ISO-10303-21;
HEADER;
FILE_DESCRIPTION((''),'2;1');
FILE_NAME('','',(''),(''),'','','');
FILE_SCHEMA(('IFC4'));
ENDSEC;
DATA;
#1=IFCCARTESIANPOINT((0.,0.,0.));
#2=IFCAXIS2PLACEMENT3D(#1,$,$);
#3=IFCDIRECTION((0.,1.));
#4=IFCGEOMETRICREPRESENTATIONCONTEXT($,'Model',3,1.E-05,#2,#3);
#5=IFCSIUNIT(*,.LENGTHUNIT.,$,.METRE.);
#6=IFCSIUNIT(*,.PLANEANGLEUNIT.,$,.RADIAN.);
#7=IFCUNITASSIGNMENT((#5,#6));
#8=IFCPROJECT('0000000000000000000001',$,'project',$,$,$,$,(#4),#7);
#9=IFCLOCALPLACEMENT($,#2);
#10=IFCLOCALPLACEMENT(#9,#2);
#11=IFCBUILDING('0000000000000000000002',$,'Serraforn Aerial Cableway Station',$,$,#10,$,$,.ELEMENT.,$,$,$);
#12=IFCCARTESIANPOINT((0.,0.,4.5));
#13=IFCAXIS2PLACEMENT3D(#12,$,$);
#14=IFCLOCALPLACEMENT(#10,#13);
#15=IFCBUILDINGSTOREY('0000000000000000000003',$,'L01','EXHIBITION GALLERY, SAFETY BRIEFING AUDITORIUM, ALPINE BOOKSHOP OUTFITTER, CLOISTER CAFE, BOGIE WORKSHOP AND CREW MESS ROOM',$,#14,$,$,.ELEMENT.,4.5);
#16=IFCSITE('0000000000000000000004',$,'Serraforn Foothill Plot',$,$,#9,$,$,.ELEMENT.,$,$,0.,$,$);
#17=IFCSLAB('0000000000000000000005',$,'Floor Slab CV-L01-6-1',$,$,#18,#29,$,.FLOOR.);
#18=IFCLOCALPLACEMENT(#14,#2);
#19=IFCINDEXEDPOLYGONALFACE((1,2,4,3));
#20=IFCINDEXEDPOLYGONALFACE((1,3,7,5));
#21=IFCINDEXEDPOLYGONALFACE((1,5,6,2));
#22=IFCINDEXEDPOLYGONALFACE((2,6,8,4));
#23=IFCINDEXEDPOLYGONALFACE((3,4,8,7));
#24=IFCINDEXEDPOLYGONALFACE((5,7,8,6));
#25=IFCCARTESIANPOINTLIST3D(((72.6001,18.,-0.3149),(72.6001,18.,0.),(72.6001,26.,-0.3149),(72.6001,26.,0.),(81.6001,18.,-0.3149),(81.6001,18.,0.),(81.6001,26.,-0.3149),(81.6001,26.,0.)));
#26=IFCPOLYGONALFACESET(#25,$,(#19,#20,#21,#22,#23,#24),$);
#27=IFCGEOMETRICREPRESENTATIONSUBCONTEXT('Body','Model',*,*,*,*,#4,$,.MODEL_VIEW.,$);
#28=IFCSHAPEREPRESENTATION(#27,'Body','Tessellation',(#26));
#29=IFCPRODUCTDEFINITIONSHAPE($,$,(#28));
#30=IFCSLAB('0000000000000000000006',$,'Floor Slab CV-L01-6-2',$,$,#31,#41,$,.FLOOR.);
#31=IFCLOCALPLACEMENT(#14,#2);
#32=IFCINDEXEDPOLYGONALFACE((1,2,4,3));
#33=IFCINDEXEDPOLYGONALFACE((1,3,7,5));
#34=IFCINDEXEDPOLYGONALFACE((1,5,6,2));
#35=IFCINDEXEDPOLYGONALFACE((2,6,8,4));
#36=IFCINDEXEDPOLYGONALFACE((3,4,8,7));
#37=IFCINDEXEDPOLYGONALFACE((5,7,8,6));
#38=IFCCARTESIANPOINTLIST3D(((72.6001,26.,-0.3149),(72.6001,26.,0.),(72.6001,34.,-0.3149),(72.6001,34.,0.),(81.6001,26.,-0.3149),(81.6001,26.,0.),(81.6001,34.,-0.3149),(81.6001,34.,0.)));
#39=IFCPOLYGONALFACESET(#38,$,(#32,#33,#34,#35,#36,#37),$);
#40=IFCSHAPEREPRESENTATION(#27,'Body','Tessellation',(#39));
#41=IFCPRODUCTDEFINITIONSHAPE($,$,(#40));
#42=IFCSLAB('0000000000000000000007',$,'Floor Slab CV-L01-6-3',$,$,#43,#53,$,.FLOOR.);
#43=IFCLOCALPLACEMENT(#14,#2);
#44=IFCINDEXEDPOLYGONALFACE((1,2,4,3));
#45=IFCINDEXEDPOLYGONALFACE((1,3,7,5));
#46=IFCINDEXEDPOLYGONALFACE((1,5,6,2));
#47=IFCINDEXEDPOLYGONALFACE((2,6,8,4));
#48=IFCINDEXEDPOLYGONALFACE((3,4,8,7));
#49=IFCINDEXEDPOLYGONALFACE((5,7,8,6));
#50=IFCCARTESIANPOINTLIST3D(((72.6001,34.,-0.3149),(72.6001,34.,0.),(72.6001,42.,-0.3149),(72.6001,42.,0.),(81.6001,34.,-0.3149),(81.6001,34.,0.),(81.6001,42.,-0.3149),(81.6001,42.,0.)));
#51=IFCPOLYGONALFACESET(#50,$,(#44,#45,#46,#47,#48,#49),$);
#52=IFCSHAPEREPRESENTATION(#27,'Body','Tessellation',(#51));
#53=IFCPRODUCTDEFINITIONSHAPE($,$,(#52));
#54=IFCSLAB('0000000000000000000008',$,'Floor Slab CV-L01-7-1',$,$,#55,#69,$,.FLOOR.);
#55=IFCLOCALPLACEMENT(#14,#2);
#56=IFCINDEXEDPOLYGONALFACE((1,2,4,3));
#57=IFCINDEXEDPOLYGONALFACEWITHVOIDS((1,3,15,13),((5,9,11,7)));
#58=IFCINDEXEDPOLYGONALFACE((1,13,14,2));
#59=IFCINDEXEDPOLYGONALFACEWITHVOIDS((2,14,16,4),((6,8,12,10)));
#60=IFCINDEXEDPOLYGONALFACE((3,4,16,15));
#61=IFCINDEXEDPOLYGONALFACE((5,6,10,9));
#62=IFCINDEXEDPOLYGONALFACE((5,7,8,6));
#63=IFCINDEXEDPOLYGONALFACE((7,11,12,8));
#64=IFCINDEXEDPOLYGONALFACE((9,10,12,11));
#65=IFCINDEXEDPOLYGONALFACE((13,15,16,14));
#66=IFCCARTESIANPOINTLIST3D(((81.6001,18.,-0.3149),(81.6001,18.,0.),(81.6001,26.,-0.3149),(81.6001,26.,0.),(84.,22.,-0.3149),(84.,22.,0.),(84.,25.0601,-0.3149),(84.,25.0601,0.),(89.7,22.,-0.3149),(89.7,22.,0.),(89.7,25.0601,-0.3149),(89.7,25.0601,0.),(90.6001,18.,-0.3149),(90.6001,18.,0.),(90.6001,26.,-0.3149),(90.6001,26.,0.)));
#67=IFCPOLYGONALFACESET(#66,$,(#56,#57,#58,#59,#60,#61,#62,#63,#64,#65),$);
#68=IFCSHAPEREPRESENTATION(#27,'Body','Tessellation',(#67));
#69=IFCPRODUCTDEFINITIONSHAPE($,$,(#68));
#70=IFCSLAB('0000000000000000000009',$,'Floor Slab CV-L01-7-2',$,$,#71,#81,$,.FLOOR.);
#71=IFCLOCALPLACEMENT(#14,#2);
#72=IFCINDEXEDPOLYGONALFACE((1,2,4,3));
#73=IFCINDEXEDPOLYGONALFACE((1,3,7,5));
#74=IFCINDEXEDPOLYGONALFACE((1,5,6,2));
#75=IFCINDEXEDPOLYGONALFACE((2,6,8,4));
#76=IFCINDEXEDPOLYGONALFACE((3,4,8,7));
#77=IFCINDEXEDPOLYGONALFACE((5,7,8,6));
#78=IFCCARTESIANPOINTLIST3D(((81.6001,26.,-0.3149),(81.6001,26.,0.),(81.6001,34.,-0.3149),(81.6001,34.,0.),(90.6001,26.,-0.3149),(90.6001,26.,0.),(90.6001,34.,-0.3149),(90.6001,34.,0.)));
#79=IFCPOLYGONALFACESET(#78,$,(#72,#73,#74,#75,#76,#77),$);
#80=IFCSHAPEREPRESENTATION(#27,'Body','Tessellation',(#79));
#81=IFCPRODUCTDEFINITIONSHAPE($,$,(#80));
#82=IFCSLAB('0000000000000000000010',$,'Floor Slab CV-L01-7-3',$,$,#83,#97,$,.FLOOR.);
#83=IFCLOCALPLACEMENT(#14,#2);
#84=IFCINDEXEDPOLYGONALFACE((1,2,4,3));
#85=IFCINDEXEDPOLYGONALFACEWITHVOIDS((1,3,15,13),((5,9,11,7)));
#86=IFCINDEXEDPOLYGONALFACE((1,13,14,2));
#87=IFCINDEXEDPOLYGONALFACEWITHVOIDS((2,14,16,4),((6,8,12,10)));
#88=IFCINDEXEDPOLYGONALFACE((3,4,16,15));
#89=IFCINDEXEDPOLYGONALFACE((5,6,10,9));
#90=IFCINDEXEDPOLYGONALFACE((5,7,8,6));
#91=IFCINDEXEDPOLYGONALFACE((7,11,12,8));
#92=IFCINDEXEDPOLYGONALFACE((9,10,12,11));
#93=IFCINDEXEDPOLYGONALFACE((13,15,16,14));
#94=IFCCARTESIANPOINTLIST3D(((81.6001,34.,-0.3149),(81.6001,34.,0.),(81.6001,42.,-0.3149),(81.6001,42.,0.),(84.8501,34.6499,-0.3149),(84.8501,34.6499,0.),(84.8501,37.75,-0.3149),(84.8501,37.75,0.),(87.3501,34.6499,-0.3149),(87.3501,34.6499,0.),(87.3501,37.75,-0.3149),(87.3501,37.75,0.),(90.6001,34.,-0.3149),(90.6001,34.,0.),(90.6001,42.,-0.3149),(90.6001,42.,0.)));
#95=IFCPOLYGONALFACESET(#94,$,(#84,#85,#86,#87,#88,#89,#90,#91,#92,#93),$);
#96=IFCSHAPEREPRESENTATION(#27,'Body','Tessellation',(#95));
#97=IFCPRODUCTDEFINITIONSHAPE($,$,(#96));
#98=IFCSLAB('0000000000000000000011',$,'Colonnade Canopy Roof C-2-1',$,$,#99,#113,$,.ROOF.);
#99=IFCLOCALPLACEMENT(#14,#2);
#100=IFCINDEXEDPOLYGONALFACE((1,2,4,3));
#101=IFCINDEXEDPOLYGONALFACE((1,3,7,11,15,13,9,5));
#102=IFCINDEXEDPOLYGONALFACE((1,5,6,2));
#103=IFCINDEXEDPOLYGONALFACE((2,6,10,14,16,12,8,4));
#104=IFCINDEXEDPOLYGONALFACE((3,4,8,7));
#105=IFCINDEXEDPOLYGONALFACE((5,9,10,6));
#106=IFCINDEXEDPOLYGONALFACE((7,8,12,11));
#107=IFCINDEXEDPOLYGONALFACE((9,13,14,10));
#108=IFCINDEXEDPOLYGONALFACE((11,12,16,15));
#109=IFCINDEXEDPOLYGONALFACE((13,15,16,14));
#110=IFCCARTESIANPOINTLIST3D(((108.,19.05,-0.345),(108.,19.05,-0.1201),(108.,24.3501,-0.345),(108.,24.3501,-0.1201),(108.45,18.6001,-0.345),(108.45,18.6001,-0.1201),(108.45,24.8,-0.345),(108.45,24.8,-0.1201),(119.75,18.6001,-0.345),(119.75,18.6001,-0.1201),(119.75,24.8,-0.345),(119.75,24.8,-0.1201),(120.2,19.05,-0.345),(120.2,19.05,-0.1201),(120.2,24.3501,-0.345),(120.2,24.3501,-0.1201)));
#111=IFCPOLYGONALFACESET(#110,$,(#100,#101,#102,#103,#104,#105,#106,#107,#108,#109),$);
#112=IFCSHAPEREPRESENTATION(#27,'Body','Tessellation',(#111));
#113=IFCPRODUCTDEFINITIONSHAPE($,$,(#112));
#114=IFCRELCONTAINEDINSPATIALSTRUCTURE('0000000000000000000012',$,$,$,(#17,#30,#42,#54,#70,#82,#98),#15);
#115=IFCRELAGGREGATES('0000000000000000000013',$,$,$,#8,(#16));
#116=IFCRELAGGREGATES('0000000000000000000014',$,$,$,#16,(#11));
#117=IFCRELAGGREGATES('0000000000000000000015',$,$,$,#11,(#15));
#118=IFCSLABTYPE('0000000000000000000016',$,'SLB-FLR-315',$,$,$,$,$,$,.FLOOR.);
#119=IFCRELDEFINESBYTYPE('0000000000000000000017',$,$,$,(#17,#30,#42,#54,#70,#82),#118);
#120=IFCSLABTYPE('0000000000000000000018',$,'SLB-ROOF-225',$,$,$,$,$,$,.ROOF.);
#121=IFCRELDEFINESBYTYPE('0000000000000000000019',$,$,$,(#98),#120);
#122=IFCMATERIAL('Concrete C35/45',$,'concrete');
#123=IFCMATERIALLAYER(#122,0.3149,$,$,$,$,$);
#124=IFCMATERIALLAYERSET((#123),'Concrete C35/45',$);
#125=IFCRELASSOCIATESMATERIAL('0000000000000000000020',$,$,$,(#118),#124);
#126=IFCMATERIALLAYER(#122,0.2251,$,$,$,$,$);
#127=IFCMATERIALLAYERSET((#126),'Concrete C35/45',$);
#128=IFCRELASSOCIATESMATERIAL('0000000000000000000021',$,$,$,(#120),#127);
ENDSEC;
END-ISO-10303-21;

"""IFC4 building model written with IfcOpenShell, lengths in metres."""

from ifc_helpers import new_model, si_unit, direction, frame, origin, place, context, subcontext, project, spatial, polyline, outline, extrude, material, layer, layer_set, type_object, element, save


model = new_model("IFC4")

# Units and contexts
model_context = context("Model", 3, precision=1e-05, world=origin(), true_north=direction((0.0, 1.0)))
body_context = subcontext(model_context, "Body", "Model", "MODEL_VIEW")
ifc_project = project(units=[si_unit("LENGTHUNIT", "METRE"), si_unit("PLANEANGLEUNIT", "RADIAN")], contexts=[model_context])

# Site, building, storey
site_placement = place(None, origin())
site = spatial("IfcSite", under=ifc_project, at=site_placement, Name="Serraforn Foothill Plot", CompositionType="ELEMENT", RefElevation=0.0)
building_placement = place(site_placement, origin())
building = spatial("IfcBuilding", under=site, at=building_placement, Name="Serraforn Aerial Cableway Station", CompositionType="ELEMENT")
storey_placement = place(building_placement, frame((0.0, 0.0, 4.5)))
storey = spatial("IfcBuildingStorey", under=building, at=storey_placement, Name="L01", Description="EXHIBITION GALLERY, SAFETY BRIEFING AUDITORIUM, ALPINE BOOKSHOP OUTFITTER, CLOISTER CAFE, BOGIE WORKSHOP AND CREW MESS ROOM", CompositionType="ELEMENT", Elevation=4.5)

# Slabs
ifc_material = material(Name="Concrete C35/45", Category="concrete")
ifc_layer_1 = layer(ifc_material, 0.3149)
ifc_layer_set_1 = layer_set([ifc_layer_1], Name="Concrete C35/45")
slab_type_1 = type_object("IfcSlabType", Name="SLB-FLR-315", PredefinedType="FLOOR", material=ifc_layer_set_1)
slab_1_placement = place(storey_placement, frame((0.0, 0.0, -0.3149)))
element("IfcSlab", 1, at=slab_1_placement, inside=storey, type_object=slab_type_1, Name="Floor Slab CV-L01-6-1", PredefinedType="FLOOR", context=body_context, shape_type="SweptSolid", body=[
    extrude(outline(polyline([(72.6001, 18.0), (81.6001, 18.0), (81.6001, 26.0), (72.6001, 26.0), (72.6001, 18.0)])), origin(), (0.0, 0.0, 1.0), 0.3149),
])
slab_2_placement = place(storey_placement, frame((0.0, 0.0, -0.3149)))
element("IfcSlab", 2, at=slab_2_placement, inside=storey, type_object=slab_type_1, Name="Floor Slab CV-L01-6-2", PredefinedType="FLOOR", context=body_context, shape_type="SweptSolid", body=[
    extrude(outline(polyline([(72.6001, 26.0), (81.6001, 26.0), (81.6001, 34.0), (72.6001, 34.0), (72.6001, 26.0)])), origin(), (0.0, 0.0, 1.0), 0.3149),
])
slab_3_placement = place(storey_placement, frame((0.0, 0.0, -0.3149)))
element("IfcSlab", 3, at=slab_3_placement, inside=storey, type_object=slab_type_1, Name="Floor Slab CV-L01-6-3", PredefinedType="FLOOR", context=body_context, shape_type="SweptSolid", body=[
    extrude(outline(polyline([(72.6001, 34.0), (81.6001, 34.0), (81.6001, 42.0), (72.6001, 42.0), (72.6001, 34.0)])), origin(), (0.0, 0.0, 1.0), 0.3149),
])
slab_4_placement = place(storey_placement, frame((0.0, 0.0, -0.3149)))
element("IfcSlab", 4, at=slab_4_placement, inside=storey, type_object=slab_type_1, Name="Floor Slab CV-L01-7-1", PredefinedType="FLOOR", context=body_context, shape_type="SweptSolid", body=[
    extrude(outline(polyline([(81.6001, 18.0), (90.6001, 18.0), (90.6001, 26.0), (81.6001, 26.0), (81.6001, 18.0)]), holes=[polyline([(84.0, 22.0), (89.7, 22.0), (89.7, 25.0601), (84.0, 25.0601), (84.0, 22.0)])]), origin(), (0.0, 0.0, 1.0), 0.3149),
])
slab_5_placement = place(storey_placement, frame((0.0, 0.0, -0.3149)))
element("IfcSlab", 5, at=slab_5_placement, inside=storey, type_object=slab_type_1, Name="Floor Slab CV-L01-7-2", PredefinedType="FLOOR", context=body_context, shape_type="SweptSolid", body=[
    extrude(outline(polyline([(81.6001, 26.0), (90.6001, 26.0), (90.6001, 34.0), (81.6001, 34.0), (81.6001, 26.0)])), origin(), (0.0, 0.0, 1.0), 0.3149),
])
slab_6_placement = place(storey_placement, frame((0.0, 0.0, -0.3149)))
element("IfcSlab", 6, at=slab_6_placement, inside=storey, type_object=slab_type_1, Name="Floor Slab CV-L01-7-3", PredefinedType="FLOOR", context=body_context, shape_type="SweptSolid", body=[
    extrude(outline(polyline([(81.6001, 34.0), (90.6001, 34.0), (90.6001, 42.0), (81.6001, 42.0), (81.6001, 34.0)]), holes=[polyline([(84.8501, 34.6499), (87.3501, 34.6499), (87.3501, 37.75), (84.8501, 37.75), (84.8501, 34.6499)])]), origin(), (0.0, 0.0, 1.0), 0.3149),
])
ifc_layer_2 = layer(ifc_material, 0.2251)
ifc_layer_set_2 = layer_set([ifc_layer_2], Name="Concrete C35/45")
slab_type_2 = type_object("IfcSlabType", Name="SLB-ROOF-225", PredefinedType="ROOF", material=ifc_layer_set_2)
slab_7_placement = place(storey_placement, frame((0.0, 0.0, -0.345)))
element("IfcSlab", 7, at=slab_7_placement, inside=storey, type_object=slab_type_2, Name="Colonnade Canopy Roof C-2-1", PredefinedType="ROOF", context=body_context, shape_type="SweptSolid", body=[
    extrude(outline(polyline([(108.45, 18.6001), (119.75, 18.6001), (120.2, 19.05), (120.2, 24.3501), (119.75, 24.8), (108.45, 24.8), (108.0, 24.3501), (108.0, 19.05), (108.45, 18.6001)])), origin(), (0.0, 0.0, 1.0), 0.2249),
])

save(model, "model.ifc")
